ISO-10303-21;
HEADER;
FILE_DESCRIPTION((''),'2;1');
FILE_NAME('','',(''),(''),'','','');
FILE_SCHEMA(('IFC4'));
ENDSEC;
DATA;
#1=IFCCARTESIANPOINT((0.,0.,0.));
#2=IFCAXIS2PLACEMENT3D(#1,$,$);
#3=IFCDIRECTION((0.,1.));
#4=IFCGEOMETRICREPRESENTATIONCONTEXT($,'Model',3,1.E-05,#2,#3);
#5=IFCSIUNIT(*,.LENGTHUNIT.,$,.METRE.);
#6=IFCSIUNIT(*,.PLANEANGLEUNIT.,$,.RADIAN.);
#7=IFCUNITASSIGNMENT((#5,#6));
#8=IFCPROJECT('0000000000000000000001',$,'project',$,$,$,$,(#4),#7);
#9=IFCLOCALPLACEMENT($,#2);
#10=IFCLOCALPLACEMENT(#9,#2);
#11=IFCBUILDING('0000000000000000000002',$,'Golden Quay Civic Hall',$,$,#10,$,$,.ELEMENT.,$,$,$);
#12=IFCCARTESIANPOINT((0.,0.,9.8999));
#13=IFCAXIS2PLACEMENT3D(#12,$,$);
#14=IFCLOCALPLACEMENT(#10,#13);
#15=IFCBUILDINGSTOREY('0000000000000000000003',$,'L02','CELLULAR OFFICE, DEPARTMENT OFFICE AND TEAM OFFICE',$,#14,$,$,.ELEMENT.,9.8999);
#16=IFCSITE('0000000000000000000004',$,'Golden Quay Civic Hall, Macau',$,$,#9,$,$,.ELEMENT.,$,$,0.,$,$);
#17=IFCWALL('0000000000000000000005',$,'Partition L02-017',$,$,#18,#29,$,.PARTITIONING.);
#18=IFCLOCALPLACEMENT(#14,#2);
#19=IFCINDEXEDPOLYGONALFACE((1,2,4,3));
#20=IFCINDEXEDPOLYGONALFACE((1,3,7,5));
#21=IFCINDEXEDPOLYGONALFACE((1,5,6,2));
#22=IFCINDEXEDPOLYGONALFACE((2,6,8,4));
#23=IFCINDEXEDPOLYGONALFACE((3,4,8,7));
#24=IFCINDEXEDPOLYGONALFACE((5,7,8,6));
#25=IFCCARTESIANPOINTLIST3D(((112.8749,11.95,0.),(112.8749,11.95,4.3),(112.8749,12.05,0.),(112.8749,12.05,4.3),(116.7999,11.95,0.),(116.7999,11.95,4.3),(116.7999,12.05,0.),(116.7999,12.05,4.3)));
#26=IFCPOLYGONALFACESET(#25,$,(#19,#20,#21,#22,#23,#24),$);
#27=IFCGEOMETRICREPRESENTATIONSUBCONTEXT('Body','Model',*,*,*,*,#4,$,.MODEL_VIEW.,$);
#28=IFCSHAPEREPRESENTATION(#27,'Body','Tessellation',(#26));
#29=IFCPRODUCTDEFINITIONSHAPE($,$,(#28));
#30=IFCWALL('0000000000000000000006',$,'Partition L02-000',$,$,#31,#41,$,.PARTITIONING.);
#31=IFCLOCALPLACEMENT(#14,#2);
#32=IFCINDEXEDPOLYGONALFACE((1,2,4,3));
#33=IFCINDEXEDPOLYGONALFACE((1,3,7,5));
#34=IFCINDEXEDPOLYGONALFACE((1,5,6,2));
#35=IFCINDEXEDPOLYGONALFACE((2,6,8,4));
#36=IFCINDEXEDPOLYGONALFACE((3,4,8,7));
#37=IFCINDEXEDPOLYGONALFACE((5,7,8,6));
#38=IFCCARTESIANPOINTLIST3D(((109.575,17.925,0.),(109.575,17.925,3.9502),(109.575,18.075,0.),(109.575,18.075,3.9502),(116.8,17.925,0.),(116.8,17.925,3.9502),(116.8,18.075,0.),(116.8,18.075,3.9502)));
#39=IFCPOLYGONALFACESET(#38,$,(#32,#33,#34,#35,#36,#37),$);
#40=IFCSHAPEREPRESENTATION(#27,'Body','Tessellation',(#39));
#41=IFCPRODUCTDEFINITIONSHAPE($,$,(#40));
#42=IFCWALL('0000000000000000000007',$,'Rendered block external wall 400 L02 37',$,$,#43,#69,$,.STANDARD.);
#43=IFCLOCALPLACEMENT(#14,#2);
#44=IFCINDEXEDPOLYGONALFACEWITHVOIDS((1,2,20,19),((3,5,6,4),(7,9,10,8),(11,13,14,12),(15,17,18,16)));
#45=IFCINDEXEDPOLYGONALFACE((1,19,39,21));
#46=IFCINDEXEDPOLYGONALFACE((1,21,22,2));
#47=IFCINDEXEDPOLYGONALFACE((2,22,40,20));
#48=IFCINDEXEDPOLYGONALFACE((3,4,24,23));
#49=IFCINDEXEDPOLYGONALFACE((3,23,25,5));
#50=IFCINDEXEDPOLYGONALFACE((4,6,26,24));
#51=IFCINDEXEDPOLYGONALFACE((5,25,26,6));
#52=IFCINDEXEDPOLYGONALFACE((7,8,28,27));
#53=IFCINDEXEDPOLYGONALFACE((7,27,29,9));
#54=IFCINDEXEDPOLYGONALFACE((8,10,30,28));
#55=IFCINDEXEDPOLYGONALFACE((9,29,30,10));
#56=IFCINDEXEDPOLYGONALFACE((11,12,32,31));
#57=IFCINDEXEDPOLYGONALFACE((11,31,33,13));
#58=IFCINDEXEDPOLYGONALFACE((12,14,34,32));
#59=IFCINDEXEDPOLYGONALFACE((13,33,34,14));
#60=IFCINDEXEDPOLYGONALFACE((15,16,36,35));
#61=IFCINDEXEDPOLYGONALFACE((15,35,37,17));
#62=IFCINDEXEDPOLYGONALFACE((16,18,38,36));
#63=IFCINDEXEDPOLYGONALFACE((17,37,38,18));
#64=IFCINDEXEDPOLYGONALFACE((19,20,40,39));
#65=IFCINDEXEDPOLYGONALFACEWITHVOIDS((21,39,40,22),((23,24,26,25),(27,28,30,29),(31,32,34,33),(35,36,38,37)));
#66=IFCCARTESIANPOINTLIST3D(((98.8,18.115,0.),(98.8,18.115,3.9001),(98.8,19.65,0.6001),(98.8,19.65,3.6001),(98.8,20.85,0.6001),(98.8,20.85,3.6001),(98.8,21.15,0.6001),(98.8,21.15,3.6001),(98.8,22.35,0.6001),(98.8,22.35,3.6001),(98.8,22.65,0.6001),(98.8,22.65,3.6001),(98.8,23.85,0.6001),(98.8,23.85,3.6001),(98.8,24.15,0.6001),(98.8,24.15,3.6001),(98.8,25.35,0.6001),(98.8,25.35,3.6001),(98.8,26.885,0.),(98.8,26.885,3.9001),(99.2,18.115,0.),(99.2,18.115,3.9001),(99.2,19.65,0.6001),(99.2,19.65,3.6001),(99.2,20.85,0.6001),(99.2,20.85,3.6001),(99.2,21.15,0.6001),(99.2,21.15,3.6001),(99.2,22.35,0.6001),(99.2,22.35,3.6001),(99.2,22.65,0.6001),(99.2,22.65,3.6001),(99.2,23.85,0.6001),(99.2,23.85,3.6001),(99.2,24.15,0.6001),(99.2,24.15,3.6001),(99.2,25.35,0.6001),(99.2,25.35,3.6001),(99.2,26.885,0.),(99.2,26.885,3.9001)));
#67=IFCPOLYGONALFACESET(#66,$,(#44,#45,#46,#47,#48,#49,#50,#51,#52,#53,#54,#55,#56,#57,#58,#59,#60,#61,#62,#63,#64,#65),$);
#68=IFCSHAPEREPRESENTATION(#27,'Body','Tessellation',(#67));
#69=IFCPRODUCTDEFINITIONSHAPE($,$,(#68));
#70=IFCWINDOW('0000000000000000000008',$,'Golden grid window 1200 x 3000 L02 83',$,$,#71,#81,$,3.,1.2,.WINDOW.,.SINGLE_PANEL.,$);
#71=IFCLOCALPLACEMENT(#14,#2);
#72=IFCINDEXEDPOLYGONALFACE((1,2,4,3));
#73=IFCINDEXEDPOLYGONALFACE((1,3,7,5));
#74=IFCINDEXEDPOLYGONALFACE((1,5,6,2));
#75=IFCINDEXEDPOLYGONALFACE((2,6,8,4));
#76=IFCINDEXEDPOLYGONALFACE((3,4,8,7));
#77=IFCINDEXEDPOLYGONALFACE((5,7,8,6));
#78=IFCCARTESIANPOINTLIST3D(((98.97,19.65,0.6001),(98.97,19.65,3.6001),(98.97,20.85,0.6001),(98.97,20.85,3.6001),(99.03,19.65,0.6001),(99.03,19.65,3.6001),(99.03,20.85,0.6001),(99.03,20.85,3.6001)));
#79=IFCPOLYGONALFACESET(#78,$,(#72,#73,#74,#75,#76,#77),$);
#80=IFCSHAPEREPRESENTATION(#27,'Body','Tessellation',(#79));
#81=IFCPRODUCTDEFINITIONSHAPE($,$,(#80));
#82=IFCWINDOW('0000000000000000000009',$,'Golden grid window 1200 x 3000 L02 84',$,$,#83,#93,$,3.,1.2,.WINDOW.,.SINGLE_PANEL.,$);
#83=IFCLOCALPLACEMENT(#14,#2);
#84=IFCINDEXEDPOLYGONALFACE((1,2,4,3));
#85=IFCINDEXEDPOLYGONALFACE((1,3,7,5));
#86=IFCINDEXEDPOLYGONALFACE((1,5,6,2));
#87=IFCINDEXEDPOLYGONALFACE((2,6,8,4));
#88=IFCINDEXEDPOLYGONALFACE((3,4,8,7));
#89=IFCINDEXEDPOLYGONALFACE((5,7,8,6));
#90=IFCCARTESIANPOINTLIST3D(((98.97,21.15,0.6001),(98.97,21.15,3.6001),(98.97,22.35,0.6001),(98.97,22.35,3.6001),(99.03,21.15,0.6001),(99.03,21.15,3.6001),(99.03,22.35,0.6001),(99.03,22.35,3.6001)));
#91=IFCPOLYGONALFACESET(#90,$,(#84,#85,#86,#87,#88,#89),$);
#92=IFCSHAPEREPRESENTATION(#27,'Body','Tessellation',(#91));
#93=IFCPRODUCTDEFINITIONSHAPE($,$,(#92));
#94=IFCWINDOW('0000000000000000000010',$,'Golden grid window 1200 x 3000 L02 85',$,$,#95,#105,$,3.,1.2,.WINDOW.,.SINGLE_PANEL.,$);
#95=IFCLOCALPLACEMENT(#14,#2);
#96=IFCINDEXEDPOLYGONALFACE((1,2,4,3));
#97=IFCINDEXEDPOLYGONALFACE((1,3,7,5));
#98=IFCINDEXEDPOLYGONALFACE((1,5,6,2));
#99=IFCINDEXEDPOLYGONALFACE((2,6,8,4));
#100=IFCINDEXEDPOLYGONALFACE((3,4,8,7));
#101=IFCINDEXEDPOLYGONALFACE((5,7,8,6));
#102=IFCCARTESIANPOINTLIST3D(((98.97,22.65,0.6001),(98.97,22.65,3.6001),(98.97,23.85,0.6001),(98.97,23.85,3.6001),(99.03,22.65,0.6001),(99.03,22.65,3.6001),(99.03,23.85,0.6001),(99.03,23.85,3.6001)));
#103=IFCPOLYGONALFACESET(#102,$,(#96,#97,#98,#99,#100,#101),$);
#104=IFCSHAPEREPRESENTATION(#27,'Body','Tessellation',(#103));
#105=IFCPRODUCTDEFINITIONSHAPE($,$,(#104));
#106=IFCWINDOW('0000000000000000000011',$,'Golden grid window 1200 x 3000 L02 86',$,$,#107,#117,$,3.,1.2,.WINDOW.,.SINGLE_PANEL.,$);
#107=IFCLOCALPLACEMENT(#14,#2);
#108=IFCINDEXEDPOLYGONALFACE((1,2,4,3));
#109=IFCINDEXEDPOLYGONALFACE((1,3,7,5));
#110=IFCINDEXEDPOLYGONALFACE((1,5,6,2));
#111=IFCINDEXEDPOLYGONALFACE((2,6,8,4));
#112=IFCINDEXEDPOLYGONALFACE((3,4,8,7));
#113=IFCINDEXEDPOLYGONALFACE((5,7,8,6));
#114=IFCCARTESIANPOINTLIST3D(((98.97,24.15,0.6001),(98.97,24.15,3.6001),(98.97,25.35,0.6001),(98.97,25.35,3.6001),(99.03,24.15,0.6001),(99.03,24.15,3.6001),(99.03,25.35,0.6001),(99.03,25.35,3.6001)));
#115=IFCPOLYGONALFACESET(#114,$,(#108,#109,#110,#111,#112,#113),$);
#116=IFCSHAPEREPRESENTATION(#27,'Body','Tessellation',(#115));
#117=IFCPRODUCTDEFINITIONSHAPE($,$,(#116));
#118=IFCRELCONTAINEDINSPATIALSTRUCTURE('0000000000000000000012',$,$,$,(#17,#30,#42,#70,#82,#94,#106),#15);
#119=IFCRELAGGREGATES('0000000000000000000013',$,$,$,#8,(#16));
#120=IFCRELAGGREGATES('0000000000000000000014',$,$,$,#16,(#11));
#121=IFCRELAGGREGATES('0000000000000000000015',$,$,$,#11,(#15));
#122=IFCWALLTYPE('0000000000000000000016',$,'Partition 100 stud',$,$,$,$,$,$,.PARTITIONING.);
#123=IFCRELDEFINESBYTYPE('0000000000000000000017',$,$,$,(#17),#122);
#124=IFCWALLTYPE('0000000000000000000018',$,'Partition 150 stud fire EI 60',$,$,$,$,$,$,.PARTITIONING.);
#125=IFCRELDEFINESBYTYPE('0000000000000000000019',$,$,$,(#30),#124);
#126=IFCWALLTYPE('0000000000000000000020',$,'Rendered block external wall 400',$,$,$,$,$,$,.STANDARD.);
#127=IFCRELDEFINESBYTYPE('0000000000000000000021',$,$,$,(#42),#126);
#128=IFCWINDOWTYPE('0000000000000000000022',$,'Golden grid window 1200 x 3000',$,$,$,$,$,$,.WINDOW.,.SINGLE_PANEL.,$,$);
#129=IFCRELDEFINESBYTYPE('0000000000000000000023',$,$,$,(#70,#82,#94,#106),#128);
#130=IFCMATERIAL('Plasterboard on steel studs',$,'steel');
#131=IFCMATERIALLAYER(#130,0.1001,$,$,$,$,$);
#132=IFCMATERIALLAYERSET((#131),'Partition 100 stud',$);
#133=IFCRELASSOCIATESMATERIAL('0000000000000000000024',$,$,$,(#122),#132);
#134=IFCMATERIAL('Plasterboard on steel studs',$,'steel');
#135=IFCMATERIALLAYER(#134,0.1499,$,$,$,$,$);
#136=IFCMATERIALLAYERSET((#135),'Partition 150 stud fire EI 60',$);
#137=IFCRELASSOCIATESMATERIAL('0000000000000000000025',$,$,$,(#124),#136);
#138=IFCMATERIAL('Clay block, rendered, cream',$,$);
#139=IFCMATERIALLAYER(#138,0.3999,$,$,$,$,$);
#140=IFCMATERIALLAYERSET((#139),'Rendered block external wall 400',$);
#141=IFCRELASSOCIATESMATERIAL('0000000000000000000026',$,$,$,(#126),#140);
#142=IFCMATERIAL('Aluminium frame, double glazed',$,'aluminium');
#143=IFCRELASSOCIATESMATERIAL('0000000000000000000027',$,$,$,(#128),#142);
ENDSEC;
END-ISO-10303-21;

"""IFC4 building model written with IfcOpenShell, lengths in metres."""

from ifc_helpers import new_model, si_unit, direction, frame, frame_2d, origin, place, context, subcontext, project, spatial, rectangle, extrude, material, layer, layer_set, type_object, element, fill, save


model = new_model("IFC4")

# Units and contexts
model_context = context("Model", 3, precision=1e-05, world=origin(), true_north=direction((0.0, 1.0)))
body_context = subcontext(model_context, "Body", "Model", "MODEL_VIEW")
ifc_project = project(units=[si_unit("LENGTHUNIT", "METRE"), si_unit("PLANEANGLEUNIT", "RADIAN")], contexts=[model_context])

# Site, building, storey
site_placement = place(None, origin())
site = spatial("IfcSite", under=ifc_project, at=site_placement, Name="Golden Quay Civic Hall, Macau", CompositionType="ELEMENT", RefElevation=0.0)
building_placement = place(site_placement, origin())
building = spatial("IfcBuilding", under=site, at=building_placement, Name="Golden Quay Civic Hall", CompositionType="ELEMENT")
storey_placement = place(building_placement, frame((0.0, 0.0, 9.8999)))
storey = spatial("IfcBuildingStorey", under=building, at=storey_placement, Name="L02", Description="CELLULAR OFFICE, DEPARTMENT OFFICE AND TEAM OFFICE", CompositionType="ELEMENT", Elevation=9.8999)

# Walls
ifc_material_1 = material(Name="Plasterboard on steel studs", Category="steel")
ifc_layer_1 = layer(ifc_material_1, 0.1001)
ifc_layer_set_1 = layer_set([ifc_layer_1], Name="Partition 100 stud")
wall_type_1 = type_object("IfcWallType", Name="Partition 100 stud", PredefinedType="PARTITIONING", material=ifc_layer_set_1)
wall_1_placement = place(storey_placement, frame((112.875, 12.0, 0.0), z_axis=(0.0, 0.0, 1.0), x_axis=(1.0, 0.0, 0.0)))
element("IfcWall", 1, at=wall_1_placement, inside=storey, type_object=wall_type_1, Name="Partition L02-017", PredefinedType="PARTITIONING", context=body_context, shape_type="SweptSolid", body=[
    extrude(rectangle(XDim=3.925, YDim=0.1001, at=frame_2d((1.9624, 0.0))), origin(), (0.0, 0.0, 1.0), 4.3),
])
ifc_material_2 = material(Name="Plasterboard on steel studs", Category="steel")
ifc_layer_2 = layer(ifc_material_2, 0.1499)
ifc_layer_set_2 = layer_set([ifc_layer_2], Name="Partition 150 stud fire EI 60")
wall_type_2 = type_object("IfcWallType", Name="Partition 150 stud fire EI 60", PredefinedType="PARTITIONING", material=ifc_layer_set_2)
wall_2_placement = place(storey_placement, frame((109.575, 18.0, 0.0), z_axis=(0.0, 0.0, 1.0), x_axis=(1.0, 0.0, 0.0)))
element("IfcWall", 2, at=wall_2_placement, inside=storey, type_object=wall_type_2, Name="Partition L02-000", PredefinedType="PARTITIONING", context=body_context, shape_type="SweptSolid", body=[
    extrude(rectangle(XDim=7.2251, YDim=0.1499, at=frame_2d((3.6125, 0.0))), origin(), (0.0, 0.0, 1.0), 3.9502),
])

# Wall, openings, windows
ifc_material_3 = material(Name="Clay block, rendered, cream")
ifc_layer_3 = layer(ifc_material_3, 0.3999)
ifc_layer_set_3 = layer_set([ifc_layer_3], Name="Rendered block external wall 400")
wall_type_3 = type_object("IfcWallType", Name="Rendered block external wall 400", PredefinedType="STANDARD", material=ifc_layer_set_3)
wall_3_placement = place(storey_placement, frame((99.0, 18.115, 0.0), z_axis=(0.0, 0.0, 1.0), x_axis=(0.0, 1.0, 0.0)))
wall_3 = element("IfcWall", 3, at=wall_3_placement, inside=storey, type_object=wall_type_3, Name="Rendered block external wall 400 L02 37", PredefinedType="STANDARD", context=body_context, shape_type="SweptSolid", body=[
    extrude(rectangle(XDim=8.77, YDim=0.3999, at=frame_2d((4.385, 0.0))), origin(), (0.0, 0.0, 1.0), 3.9001),
])
opening_1_placement = place(wall_3_placement, frame((1.5349, 0.0, 0.6001)))
opening_1 = element("IfcOpeningElement", 4, at=opening_1_placement, cuts=wall_3, PredefinedType="OPENING", context=body_context, shape_type="SweptSolid", body=[
    extrude(rectangle(XDim=1.2, YDim=3.0, at=frame_2d((0.6001, 1.5))), frame((0.0, 0.21, 0.0), z_axis=(0.0, -1.0, 0.0), x_axis=(1.0, 0.0, 0.0)), (0.0, 0.0, 1.0), 0.4199),
])
opening_2_placement = place(wall_3_placement, frame((3.0349, 0.0, 0.6001)))
opening_2 = element("IfcOpeningElement", 5, at=opening_2_placement, cuts=wall_3, PredefinedType="OPENING", context=body_context, shape_type="SweptSolid", body=[
    extrude(rectangle(XDim=1.2, YDim=3.0, at=frame_2d((0.6001, 1.5))), frame((0.0, 0.21, 0.0), z_axis=(0.0, -1.0, 0.0), x_axis=(1.0, 0.0, 0.0)), (0.0, 0.0, 1.0), 0.4199),
])
opening_3_placement = place(wall_3_placement, frame((4.5349, 0.0, 0.6001)))
opening_3 = element("IfcOpeningElement", 6, at=opening_3_placement, cuts=wall_3, PredefinedType="OPENING", context=body_context, shape_type="SweptSolid", body=[
    extrude(rectangle(XDim=1.2, YDim=3.0, at=frame_2d((0.6001, 1.5))), frame((0.0, 0.21, 0.0), z_axis=(0.0, -1.0, 0.0), x_axis=(1.0, 0.0, 0.0)), (0.0, 0.0, 1.0), 0.4199),
])
opening_4_placement = place(wall_3_placement, frame((6.0349, 0.0, 0.6001)))
opening_4 = element("IfcOpeningElement", 7, at=opening_4_placement, cuts=wall_3, PredefinedType="OPENING", context=body_context, shape_type="SweptSolid", body=[
    extrude(rectangle(XDim=1.2, YDim=3.0, at=frame_2d((0.6001, 1.5))), frame((0.0, 0.21, 0.0), z_axis=(0.0, -1.0, 0.0), x_axis=(1.0, 0.0, 0.0)), (0.0, 0.0, 1.0), 0.4199),
])
ifc_material_4 = material(Name="Aluminium frame, double glazed", Category="aluminium")
window_type = type_object("IfcWindowType", Name="Golden grid window 1200 x 3000", PartitioningType="SINGLE_PANEL", PredefinedType="WINDOW", material=ifc_material_4)
window_1_placement = place(opening_1_placement, origin())
window_1 = element("IfcWindow", 8, at=window_1_placement, inside=storey, type_object=window_type, Name="Golden grid window 1200 x 3000 L02 83", OverallHeight=3.0, OverallWidth=1.2, PartitioningType="SINGLE_PANEL", PredefinedType="WINDOW", context=body_context, shape_type="SweptSolid", body=[
    extrude(rectangle(XDim=1.2, YDim=3.0, at=frame_2d((0.6001, 1.5))), frame((0.0, 0.03, 0.0), z_axis=(0.0, -1.0, 0.0), x_axis=(1.0, 0.0, 0.0)), (0.0, 0.0, 1.0), 0.0601),
])
fill(opening_1, window_1)
window_2_placement = place(opening_2_placement, origin())
window_2 = element("IfcWindow", 9, at=window_2_placement, inside=storey, type_object=window_type, Name="Golden grid window 1200 x 3000 L02 84", OverallHeight=3.0, OverallWidth=1.2, PartitioningType="SINGLE_PANEL", PredefinedType="WINDOW", context=body_context, shape_type="SweptSolid", body=[
    extrude(rectangle(XDim=1.2, YDim=3.0, at=frame_2d((0.6001, 1.5))), frame((0.0, 0.03, 0.0), z_axis=(0.0, -1.0, 0.0), x_axis=(1.0, 0.0, 0.0)), (0.0, 0.0, 1.0), 0.0601),
])
fill(opening_2, window_2)
window_3_placement = place(opening_3_placement, origin())
window_3 = element("IfcWindow", 10, at=window_3_placement, inside=storey, type_object=window_type, Name="Golden grid window 1200 x 3000 L02 85", OverallHeight=3.0, OverallWidth=1.2, PartitioningType="SINGLE_PANEL", PredefinedType="WINDOW", context=body_context, shape_type="SweptSolid", body=[
    extrude(rectangle(XDim=1.2, YDim=3.0, at=frame_2d((0.6001, 1.5))), frame((0.0, 0.03, 0.0), z_axis=(0.0, -1.0, 0.0), x_axis=(1.0, 0.0, 0.0)), (0.0, 0.0, 1.0), 0.0601),
])
fill(opening_3, window_3)
window_4_placement = place(opening_4_placement, origin())
window_4 = element("IfcWindow", 11, at=window_4_placement, inside=storey, type_object=window_type, Name="Golden grid window 1200 x 3000 L02 86", OverallHeight=3.0, OverallWidth=1.2, PartitioningType="SINGLE_PANEL", PredefinedType="WINDOW", context=body_context, shape_type="SweptSolid", body=[
    extrude(rectangle(XDim=1.2, YDim=3.0, at=frame_2d((0.6001, 1.5))), frame((0.0, 0.03, 0.0), z_axis=(0.0, -1.0, 0.0), x_axis=(1.0, 0.0, 0.0)), (0.0, 0.0, 1.0), 0.0601),
])
fill(opening_4, window_4)

save(model, "model.ifc")
